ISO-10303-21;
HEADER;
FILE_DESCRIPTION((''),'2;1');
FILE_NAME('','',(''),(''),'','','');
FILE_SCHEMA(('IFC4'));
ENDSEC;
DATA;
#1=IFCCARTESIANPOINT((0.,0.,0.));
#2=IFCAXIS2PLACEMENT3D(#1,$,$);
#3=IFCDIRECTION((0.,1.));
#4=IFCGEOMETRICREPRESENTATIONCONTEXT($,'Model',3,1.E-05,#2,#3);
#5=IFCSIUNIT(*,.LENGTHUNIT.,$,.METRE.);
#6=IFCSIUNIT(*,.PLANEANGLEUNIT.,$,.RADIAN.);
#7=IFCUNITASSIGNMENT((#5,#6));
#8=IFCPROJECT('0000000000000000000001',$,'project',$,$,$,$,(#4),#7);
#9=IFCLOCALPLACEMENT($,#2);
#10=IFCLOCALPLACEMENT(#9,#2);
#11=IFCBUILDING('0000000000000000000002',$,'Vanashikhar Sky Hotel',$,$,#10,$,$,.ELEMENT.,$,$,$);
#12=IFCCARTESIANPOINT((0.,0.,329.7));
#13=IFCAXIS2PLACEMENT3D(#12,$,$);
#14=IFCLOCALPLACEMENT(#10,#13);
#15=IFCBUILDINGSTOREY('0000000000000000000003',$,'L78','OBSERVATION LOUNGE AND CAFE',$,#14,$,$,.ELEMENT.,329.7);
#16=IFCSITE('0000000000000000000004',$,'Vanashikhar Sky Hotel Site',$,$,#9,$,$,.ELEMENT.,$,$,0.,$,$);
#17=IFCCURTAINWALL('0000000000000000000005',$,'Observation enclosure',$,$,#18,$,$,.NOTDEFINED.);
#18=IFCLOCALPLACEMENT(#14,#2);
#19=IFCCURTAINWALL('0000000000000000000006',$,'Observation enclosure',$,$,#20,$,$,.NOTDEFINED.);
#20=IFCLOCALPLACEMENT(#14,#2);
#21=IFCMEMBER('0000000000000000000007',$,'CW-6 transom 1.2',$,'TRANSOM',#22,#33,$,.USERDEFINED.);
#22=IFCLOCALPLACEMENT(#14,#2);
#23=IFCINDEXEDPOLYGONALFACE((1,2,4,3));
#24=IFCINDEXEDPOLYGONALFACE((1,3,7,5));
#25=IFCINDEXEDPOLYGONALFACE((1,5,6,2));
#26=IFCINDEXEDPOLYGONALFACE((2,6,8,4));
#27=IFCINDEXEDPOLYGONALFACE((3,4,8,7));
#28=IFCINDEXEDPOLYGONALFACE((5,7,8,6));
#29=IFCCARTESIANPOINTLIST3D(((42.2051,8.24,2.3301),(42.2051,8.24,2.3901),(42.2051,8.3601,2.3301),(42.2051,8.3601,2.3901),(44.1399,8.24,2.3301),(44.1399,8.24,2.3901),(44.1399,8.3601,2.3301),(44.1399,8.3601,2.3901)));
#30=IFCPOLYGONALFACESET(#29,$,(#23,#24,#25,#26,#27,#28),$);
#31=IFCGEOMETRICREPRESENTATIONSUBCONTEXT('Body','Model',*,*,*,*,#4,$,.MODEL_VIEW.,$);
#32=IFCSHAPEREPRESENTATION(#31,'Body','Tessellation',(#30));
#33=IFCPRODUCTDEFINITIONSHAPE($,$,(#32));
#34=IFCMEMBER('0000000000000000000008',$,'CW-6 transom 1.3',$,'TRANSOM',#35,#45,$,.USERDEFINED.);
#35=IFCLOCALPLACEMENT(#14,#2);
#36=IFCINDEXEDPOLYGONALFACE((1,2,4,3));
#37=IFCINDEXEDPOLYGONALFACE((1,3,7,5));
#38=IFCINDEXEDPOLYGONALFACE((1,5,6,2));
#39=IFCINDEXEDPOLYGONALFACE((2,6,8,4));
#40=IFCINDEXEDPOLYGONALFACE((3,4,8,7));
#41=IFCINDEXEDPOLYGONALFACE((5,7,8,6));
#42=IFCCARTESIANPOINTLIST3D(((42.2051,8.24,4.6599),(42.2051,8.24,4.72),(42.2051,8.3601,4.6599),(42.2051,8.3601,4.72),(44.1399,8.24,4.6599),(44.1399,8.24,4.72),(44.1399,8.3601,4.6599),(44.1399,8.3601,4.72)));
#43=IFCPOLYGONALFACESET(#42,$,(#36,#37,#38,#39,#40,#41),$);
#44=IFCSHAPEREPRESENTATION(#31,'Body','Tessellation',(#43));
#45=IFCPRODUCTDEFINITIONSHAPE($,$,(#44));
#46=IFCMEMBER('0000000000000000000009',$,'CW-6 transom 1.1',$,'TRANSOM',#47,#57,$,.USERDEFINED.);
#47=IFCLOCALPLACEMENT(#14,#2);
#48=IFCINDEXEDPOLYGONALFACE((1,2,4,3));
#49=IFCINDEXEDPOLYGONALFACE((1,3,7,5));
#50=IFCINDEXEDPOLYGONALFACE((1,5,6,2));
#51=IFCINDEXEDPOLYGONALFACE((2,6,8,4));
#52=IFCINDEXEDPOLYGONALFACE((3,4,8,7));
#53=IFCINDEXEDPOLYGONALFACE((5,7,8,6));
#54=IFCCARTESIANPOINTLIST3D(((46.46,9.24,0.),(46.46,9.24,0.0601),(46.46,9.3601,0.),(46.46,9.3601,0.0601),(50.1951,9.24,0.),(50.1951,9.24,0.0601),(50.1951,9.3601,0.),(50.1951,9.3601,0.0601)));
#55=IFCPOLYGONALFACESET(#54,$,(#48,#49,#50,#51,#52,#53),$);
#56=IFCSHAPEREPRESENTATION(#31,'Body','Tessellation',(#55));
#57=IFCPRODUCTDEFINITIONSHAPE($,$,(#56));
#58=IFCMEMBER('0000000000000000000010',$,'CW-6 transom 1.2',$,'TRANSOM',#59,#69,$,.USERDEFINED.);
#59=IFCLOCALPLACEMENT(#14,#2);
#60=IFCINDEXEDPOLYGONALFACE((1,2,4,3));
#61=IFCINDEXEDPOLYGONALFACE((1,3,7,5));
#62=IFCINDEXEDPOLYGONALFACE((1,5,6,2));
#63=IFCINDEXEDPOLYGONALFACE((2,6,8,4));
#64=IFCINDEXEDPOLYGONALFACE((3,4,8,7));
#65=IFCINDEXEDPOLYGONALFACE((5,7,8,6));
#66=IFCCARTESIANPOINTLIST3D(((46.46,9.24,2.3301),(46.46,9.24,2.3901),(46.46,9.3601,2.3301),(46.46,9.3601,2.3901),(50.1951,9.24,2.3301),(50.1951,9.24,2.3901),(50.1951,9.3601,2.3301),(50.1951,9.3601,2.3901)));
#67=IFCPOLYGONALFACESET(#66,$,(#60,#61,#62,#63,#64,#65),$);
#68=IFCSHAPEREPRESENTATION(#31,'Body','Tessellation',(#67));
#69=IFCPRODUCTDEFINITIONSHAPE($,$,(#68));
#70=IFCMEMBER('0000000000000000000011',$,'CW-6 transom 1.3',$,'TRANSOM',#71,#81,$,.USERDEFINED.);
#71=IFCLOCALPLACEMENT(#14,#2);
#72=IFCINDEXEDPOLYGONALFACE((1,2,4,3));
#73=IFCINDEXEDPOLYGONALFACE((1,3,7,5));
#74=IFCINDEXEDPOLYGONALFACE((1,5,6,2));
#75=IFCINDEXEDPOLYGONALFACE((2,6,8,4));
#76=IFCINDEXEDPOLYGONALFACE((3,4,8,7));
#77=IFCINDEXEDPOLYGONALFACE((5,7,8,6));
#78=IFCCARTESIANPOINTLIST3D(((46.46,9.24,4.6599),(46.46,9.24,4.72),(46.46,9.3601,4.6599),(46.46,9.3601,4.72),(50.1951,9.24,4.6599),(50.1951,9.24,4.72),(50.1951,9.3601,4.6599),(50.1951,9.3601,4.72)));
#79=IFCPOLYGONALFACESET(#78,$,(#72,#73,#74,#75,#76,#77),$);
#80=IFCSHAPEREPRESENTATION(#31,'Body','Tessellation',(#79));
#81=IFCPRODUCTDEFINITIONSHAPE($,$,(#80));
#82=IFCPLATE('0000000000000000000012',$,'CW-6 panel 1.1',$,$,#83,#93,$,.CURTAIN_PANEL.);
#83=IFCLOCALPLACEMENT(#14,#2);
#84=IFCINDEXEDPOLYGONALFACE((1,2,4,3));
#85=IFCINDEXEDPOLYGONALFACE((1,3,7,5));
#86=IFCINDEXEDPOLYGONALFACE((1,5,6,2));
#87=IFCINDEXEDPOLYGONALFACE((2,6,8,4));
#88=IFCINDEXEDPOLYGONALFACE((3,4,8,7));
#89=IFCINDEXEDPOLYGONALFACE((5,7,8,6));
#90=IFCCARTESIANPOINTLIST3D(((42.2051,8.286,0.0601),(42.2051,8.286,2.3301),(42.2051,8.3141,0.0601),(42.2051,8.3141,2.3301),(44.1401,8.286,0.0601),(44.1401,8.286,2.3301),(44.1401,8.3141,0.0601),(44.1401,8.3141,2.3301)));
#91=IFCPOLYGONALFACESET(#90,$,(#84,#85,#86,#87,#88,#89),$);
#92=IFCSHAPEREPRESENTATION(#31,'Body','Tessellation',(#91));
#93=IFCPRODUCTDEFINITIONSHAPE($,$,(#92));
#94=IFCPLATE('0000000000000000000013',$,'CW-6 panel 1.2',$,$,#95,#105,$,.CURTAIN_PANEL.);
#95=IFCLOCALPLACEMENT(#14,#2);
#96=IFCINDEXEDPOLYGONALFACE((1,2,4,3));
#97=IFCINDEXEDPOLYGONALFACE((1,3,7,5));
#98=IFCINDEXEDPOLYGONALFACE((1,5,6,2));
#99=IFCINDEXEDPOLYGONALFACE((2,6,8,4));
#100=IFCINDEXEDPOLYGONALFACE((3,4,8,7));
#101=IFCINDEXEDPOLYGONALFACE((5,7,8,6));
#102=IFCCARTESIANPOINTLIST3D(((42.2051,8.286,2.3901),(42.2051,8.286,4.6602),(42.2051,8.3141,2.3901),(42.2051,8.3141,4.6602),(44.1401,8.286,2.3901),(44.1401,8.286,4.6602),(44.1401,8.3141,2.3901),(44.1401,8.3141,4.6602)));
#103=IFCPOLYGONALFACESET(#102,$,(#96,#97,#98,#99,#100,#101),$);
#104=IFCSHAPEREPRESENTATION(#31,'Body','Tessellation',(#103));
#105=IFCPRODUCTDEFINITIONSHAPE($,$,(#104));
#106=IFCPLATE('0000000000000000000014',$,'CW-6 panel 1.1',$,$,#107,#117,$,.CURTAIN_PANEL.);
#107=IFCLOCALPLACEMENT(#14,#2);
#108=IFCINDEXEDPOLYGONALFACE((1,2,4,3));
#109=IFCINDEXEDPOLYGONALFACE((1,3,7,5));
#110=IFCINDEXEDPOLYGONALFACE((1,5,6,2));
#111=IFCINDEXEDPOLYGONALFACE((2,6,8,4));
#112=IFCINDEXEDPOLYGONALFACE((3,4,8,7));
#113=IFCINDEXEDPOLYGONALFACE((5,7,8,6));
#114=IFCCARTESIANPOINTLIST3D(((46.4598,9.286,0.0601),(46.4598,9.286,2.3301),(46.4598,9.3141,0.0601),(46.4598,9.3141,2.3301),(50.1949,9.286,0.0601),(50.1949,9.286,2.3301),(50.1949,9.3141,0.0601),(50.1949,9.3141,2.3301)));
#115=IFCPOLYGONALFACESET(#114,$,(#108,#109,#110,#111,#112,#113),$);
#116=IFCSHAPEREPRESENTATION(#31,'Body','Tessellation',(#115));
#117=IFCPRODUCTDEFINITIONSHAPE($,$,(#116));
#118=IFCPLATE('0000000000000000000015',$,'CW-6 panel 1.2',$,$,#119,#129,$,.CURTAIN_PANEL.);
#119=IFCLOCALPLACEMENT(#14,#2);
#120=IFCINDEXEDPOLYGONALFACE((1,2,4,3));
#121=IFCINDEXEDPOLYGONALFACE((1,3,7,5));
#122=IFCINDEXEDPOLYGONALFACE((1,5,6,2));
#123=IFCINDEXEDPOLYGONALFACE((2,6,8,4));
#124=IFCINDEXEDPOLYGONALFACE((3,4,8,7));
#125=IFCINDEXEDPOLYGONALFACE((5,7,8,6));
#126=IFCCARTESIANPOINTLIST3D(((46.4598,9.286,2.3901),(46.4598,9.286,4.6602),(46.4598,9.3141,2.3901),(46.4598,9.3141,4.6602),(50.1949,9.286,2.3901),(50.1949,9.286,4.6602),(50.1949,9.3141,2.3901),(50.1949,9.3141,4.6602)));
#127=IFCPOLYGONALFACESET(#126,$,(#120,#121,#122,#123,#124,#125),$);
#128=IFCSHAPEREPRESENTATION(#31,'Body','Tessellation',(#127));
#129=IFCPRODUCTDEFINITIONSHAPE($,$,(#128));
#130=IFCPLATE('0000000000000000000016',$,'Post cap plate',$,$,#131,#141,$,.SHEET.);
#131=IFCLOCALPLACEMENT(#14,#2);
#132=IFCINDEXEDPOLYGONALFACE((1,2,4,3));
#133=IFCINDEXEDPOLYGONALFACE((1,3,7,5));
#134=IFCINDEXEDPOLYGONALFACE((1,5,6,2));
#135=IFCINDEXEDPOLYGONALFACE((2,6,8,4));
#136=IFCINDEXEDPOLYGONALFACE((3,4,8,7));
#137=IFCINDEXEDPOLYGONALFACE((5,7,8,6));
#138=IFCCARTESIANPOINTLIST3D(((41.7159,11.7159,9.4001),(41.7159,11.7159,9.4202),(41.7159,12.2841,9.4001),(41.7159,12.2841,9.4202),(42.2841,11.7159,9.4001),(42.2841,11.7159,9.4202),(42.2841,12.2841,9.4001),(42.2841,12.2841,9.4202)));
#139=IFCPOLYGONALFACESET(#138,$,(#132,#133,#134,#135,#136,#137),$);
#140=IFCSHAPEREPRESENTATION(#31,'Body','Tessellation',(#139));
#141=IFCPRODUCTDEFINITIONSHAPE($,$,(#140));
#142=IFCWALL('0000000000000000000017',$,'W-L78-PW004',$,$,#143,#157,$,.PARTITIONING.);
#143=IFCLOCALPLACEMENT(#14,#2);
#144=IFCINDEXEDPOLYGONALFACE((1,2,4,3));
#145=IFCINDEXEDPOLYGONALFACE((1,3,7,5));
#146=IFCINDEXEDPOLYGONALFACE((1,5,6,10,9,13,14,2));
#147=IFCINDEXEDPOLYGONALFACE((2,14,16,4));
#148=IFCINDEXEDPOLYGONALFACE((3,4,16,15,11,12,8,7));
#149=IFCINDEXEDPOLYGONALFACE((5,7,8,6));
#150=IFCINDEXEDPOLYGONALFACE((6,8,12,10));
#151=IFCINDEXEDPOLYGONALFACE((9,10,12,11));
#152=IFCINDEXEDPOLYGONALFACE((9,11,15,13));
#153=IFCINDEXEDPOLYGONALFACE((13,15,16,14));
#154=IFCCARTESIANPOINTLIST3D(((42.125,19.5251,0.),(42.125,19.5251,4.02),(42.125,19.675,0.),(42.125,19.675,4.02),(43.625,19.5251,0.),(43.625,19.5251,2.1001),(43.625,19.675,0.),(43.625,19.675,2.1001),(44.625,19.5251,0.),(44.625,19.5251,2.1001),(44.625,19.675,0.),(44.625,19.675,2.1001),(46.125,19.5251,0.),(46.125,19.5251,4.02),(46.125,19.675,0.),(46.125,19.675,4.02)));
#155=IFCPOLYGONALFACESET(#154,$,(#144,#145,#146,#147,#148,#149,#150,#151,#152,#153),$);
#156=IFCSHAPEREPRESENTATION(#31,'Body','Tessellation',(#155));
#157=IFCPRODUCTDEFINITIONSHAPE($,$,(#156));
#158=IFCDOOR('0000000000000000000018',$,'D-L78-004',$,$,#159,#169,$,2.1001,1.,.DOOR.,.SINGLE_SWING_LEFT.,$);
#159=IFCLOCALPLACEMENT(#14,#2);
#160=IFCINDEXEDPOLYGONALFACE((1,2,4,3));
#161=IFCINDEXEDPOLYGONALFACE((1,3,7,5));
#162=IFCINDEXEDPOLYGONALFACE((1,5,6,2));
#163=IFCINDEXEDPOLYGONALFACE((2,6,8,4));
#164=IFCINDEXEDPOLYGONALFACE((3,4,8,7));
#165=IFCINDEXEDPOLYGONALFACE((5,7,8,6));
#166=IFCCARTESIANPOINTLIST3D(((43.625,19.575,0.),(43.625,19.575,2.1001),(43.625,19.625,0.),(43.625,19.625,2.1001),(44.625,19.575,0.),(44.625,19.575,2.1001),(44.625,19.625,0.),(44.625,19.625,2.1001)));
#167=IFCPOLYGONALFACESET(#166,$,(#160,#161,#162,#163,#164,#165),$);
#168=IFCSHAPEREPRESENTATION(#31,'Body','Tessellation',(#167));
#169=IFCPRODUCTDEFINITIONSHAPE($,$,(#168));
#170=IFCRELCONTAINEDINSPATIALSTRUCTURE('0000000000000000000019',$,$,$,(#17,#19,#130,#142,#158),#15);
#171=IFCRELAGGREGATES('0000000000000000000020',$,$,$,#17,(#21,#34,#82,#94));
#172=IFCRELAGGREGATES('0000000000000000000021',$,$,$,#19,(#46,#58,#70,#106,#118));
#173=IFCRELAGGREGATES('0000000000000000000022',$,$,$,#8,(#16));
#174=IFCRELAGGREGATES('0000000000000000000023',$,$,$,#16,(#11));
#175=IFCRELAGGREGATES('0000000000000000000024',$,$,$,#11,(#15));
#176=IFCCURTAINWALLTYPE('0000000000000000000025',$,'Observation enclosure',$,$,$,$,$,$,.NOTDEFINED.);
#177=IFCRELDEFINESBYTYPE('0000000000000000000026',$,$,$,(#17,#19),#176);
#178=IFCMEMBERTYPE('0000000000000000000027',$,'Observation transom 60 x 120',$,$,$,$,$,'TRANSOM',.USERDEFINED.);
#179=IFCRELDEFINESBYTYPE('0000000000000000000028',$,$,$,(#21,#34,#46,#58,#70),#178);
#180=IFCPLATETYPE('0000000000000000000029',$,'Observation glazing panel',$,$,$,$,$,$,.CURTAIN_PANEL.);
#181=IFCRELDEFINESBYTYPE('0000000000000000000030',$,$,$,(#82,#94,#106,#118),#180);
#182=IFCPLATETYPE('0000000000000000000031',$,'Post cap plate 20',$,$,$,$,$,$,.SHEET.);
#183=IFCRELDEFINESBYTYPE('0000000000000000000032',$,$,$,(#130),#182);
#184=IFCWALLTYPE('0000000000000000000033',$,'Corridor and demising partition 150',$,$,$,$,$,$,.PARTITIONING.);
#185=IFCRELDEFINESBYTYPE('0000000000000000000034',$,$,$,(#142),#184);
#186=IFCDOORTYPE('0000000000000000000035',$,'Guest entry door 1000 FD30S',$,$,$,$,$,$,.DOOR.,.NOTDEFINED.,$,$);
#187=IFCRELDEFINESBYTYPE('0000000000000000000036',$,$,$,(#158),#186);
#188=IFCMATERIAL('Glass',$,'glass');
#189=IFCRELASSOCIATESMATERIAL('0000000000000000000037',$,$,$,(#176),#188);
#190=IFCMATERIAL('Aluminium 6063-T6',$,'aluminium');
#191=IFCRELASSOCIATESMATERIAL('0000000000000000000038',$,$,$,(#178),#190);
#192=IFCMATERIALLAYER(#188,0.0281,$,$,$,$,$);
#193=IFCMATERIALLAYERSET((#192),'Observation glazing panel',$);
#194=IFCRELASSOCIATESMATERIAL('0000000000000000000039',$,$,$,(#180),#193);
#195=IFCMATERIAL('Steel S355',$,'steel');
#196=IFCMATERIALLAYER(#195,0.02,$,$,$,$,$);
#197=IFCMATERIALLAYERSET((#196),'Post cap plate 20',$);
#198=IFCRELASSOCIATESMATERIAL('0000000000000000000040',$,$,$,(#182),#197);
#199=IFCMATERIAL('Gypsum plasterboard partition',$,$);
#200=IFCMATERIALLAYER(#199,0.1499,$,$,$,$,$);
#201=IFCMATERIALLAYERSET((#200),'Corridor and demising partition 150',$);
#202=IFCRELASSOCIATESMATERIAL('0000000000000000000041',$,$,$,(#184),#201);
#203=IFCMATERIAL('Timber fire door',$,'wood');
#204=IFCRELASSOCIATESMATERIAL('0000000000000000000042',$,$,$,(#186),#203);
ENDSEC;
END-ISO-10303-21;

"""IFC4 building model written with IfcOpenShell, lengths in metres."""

from ifc_helpers import new_model, si_unit, direction, frame, frame_2d, origin, origin_2d, place, context, subcontext, project, spatial, rectangle, extrude, source, transform, mapped, material, layer, layer_set, material_profile, profile_set, type_object, element, fill, aggregate, save


model = new_model("IFC4")

# Units and contexts
model_context = context("Model", 3, precision=1e-05, world=origin(), true_north=direction((0.0, 1.0)))
body_context = subcontext(model_context, "Body", "Model", "MODEL_VIEW")
ifc_project = project(units=[si_unit("LENGTHUNIT", "METRE"), si_unit("PLANEANGLEUNIT", "RADIAN")], contexts=[model_context])

# Site, building, storey
site_placement = place(None, origin())
site = spatial("IfcSite", under=ifc_project, at=site_placement, Name="Vanashikhar Sky Hotel Site", CompositionType="ELEMENT", RefElevation=0.0)
building_placement = place(site_placement, origin())
building = spatial("IfcBuilding", under=site, at=building_placement, Name="Vanashikhar Sky Hotel", CompositionType="ELEMENT")
storey_placement = place(building_placement, frame((0.0, 0.0, 329.7)))
storey = spatial("IfcBuildingStorey", under=building, at=storey_placement, Name="L78", Description="OBSERVATION LOUNGE AND CAFE", CompositionType="ELEMENT", Elevation=329.7)

# Shared definitions
ifc_material_1 = material(Name="Steel S355", Category="steel")

# Curtain wall
ifc_material_2 = material(Name="Glass", Category="glass")
curtain_wall_type = type_object("IfcCurtainWallType", Name="Observation enclosure", PredefinedType="NOTDEFINED", material=ifc_material_2)
curtain_wall_1_placement = place(storey_placement, origin())
curtain_wall_1 = element("IfcCurtainWall", 1, at=curtain_wall_1_placement, inside=storey, type_object=curtain_wall_type, Name="Observation enclosure", PredefinedType="NOTDEFINED")
ifc_material_3 = material(Name="Aluminium 6063-T6", Category="aluminium")

# Curtain wall
curtain_wall_2_placement = place(storey_placement, origin())
curtain_wall_2 = element("IfcCurtainWall", 2, at=curtain_wall_2_placement, inside=storey, type_object=curtain_wall_type, Name="Observation enclosure", PredefinedType="NOTDEFINED")

# Members
ifc_material_profile_1 = material_profile(ifc_material_3, rectangle(XDim=0.1201, YDim=0.0601, at=origin_2d()))
ifc_profile_set_1 = profile_set([ifc_material_profile_1], Name="Aluminium 6063-T6")
member_type_1 = type_object("IfcMemberType", Name="Observation transom 60 x 120", ElementType="TRANSOM", PredefinedType="USERDEFINED", material=ifc_profile_set_1)
shared_shape_1 = source(origin(), body_context, "Body", "SweptSolid", [
    extrude(rectangle(XDim=0.1201, YDim=0.0601, at=origin_2d()), origin(), (0.0, 0.0, 1.0), 1.9348),
])
member_1_placement = place(storey_placement, frame((42.2051, 8.3, 2.3601), z_axis=(1.0, 0.0, 0.0), x_axis=(0.0, 1.0, 0.0)))
member_1 = element("IfcMember", 3, at=member_1_placement, type_object=member_type_1, Name="CW-6 transom 1.2", ObjectType="TRANSOM", PredefinedType="USERDEFINED", context=body_context, shape_type="MappedRepresentation", body=[
    mapped(shared_shape_1, transform((0.0, 0.0, 0.0), scale=1.0)),
])
member_2_placement = place(storey_placement, frame((42.2051, 8.3, 4.6899), z_axis=(1.0, 0.0, 0.0), x_axis=(0.0, 1.0, 0.0)))
member_2 = element("IfcMember", 4, at=member_2_placement, type_object=member_type_1, Name="CW-6 transom 1.3", ObjectType="TRANSOM", PredefinedType="USERDEFINED", context=body_context, shape_type="MappedRepresentation", body=[
    mapped(shared_shape_1, transform((0.0, 0.0, 0.0), scale=1.0)),
])
shared_shape_2 = source(origin(), body_context, "Body", "SweptSolid", [
    extrude(rectangle(XDim=0.1201, YDim=0.0601, at=origin_2d()), origin(), (0.0, 0.0, 1.0), 3.7351),
])
member_3_placement = place(storey_placement, frame((46.46, 9.3, 0.03), z_axis=(1.0, 0.0, 0.0), x_axis=(0.0, 1.0, 0.0)))
member_3 = element("IfcMember", 5, at=member_3_placement, type_object=member_type_1, Name="CW-6 transom 1.1", ObjectType="TRANSOM", PredefinedType="USERDEFINED", context=body_context, shape_type="MappedRepresentation", body=[
    mapped(shared_shape_2, transform((0.0, 0.0, 0.0), scale=1.0)),
])
member_4_placement = place(storey_placement, frame((46.46, 9.3, 2.3601), z_axis=(1.0, 0.0, 0.0), x_axis=(0.0, 1.0, 0.0)))
member_4 = element("IfcMember", 6, at=member_4_placement, type_object=member_type_1, Name="CW-6 transom 1.2", ObjectType="TRANSOM", PredefinedType="USERDEFINED", context=body_context, shape_type="MappedRepresentation", body=[
    mapped(shared_shape_2, transform((0.0, 0.0, 0.0), scale=1.0)),
])
member_5_placement = place(storey_placement, frame((46.46, 9.3, 4.6899), z_axis=(1.0, 0.0, 0.0), x_axis=(0.0, 1.0, 0.0)))
member_5 = element("IfcMember", 7, at=member_5_placement, type_object=member_type_1, Name="CW-6 transom 1.3", ObjectType="TRANSOM", PredefinedType="USERDEFINED", context=body_context, shape_type="MappedRepresentation", body=[
    mapped(shared_shape_2, transform((0.0, 0.0, 0.0), scale=1.0)),
])

# Plates
ifc_layer_1 = layer(ifc_material_2, 0.0281)
ifc_layer_set_1 = layer_set([ifc_layer_1], Name="Observation glazing panel")
plate_type_1 = type_object("IfcPlateType", Name="Observation glazing panel", PredefinedType="CURTAIN_PANEL", material=ifc_layer_set_1)
shared_shape_3 = source(origin(), body_context, "Body", "SweptSolid", [
    extrude(rectangle(XDim=1.9351, YDim=0.0281, at=origin_2d()), origin(), (0.0, 0.0, 1.0), 2.27),
])
plate_1_placement = place(storey_placement, frame((43.1726, 8.3, 0.0601), z_axis=(0.0, 0.0, 1.0), x_axis=(1.0, 0.0, 0.0)))
plate_1 = element("IfcPlate", 8, at=plate_1_placement, type_object=plate_type_1, Name="CW-6 panel 1.1", PredefinedType="CURTAIN_PANEL", context=body_context, shape_type="MappedRepresentation", body=[
    mapped(shared_shape_3, transform((0.0, 0.0, 0.0), scale=1.0)),
])
plate_2_placement = place(storey_placement, frame((43.1726, 8.3, 2.3901), z_axis=(0.0, 0.0, 1.0), x_axis=(1.0, 0.0, 0.0)))
plate_2 = element("IfcPlate", 9, at=plate_2_placement, type_object=plate_type_1, Name="CW-6 panel 1.2", PredefinedType="CURTAIN_PANEL", context=body_context, shape_type="MappedRepresentation", body=[
    mapped(shared_shape_3, transform((0.0, 0.0, 0.0), scale=1.0)),
])
aggregate(curtain_wall_1, [member_1, member_2, plate_1, plate_2])
shared_shape_4 = source(origin(), body_context, "Body", "SweptSolid", [
    extrude(rectangle(XDim=3.7351, YDim=0.0281, at=origin_2d()), origin(), (0.0, 0.0, 1.0), 2.27),
])
plate_3_placement = place(storey_placement, frame((48.3274, 9.3, 0.0601), z_axis=(0.0, 0.0, 1.0), x_axis=(1.0, 0.0, 0.0)))
plate_3 = element("IfcPlate", 10, at=plate_3_placement, type_object=plate_type_1, Name="CW-6 panel 1.1", PredefinedType="CURTAIN_PANEL", context=body_context, shape_type="MappedRepresentation", body=[
    mapped(shared_shape_4, transform((0.0, 0.0, 0.0), scale=1.0)),
])
plate_4_placement = place(storey_placement, frame((48.3274, 9.3, 2.3901), z_axis=(0.0, 0.0, 1.0), x_axis=(1.0, 0.0, 0.0)))
plate_4 = element("IfcPlate", 11, at=plate_4_placement, type_object=plate_type_1, Name="CW-6 panel 1.2", PredefinedType="CURTAIN_PANEL", context=body_context, shape_type="MappedRepresentation", body=[
    mapped(shared_shape_4, transform((0.0, 0.0, 0.0), scale=1.0)),
])
aggregate(curtain_wall_2, [member_3, member_4, member_5, plate_3, plate_4])
ifc_layer_2 = layer(ifc_material_1, 0.02)
ifc_layer_set_2 = layer_set([ifc_layer_2], Name="Post cap plate 20")
plate_type_2 = type_object("IfcPlateType", Name="Post cap plate 20", PredefinedType="SHEET", material=ifc_layer_set_2)
shared_shape_5 = source(origin(), body_context, "Body", "SweptSolid", [
    extrude(rectangle(XDim=0.5681, YDim=0.5681, at=origin_2d()), origin(), (0.0, 0.0, 1.0), 0.02),
])
plate_5_placement = place(storey_placement, frame((42.0, 12.0, 9.4001), z_axis=(0.0, 0.0, 1.0), x_axis=(1.0, 0.0, 0.0)))
element("IfcPlate", 12, at=plate_5_placement, inside=storey, type_object=plate_type_2, Name="Post cap plate", PredefinedType="SHEET", context=body_context, shape_type="MappedRepresentation", body=[
    mapped(shared_shape_5, transform((0.0, 0.0, 0.0), scale=1.0)),
])

# Wall, opening, door
ifc_material_4 = material(Name="Gypsum plasterboard partition")
ifc_layer_3 = layer(ifc_material_4, 0.1499)
ifc_layer_set_3 = layer_set([ifc_layer_3], Name="Corridor and demising partition 150")
wall_type = type_object("IfcWallType", Name="Corridor and demising partition 150", PredefinedType="PARTITIONING", material=ifc_layer_set_3)
shared_shape_6 = source(origin(), body_context, "Body", "SweptSolid", [
    extrude(rectangle(XDim=4.0, YDim=0.1499, at=frame_2d((2.0, 0.0))), origin(), (0.0, 0.0, 1.0), 4.02),
])
wall_1_placement = place(storey_placement, frame((42.125, 19.6001, 0.0), z_axis=(0.0, 0.0, 1.0), x_axis=(1.0, 0.0, 0.0)))
wall_1 = element("IfcWall", 13, at=wall_1_placement, inside=storey, type_object=wall_type, Name="W-L78-PW004", PredefinedType="PARTITIONING", context=body_context, shape_type="MappedRepresentation", body=[
    mapped(shared_shape_6, transform((0.0, 0.0, 0.0), scale=1.0)),
])
shared_shape_7 = source(origin(), body_context, "Body", "SweptSolid", [
    extrude(rectangle(XDim=1.0, YDim=2.1001, at=frame_2d((0.5, 1.05))), frame((0.0, 0.085, 0.0), z_axis=(0.0, -1.0, 0.0), x_axis=(1.0, 0.0, 0.0)), (0.0, 0.0, 1.0), 0.1699),
])
opening_1_placement = place(wall_1_placement, frame((1.5, 0.0, 0.0)))
opening_1 = element("IfcOpeningElement", 14, at=opening_1_placement, cuts=wall_1, PredefinedType="OPENING", context=body_context, shape_type="MappedRepresentation", body=[
    mapped(shared_shape_7, transform((0.0, 0.0, 0.0), scale=1.0)),
])
ifc_material_5 = material(Name="Timber fire door", Category="wood")
door_type = type_object("IfcDoorType", Name="Guest entry door 1000 FD30S", OperationType="NOTDEFINED", PredefinedType="DOOR", material=ifc_material_5)
shared_shape_8 = source(origin(), body_context, "Body", "SweptSolid", [
    extrude(rectangle(XDim=1.0, YDim=2.1001, at=frame_2d((0.5, 1.05))), frame((0.0, 0.0249, 0.0), z_axis=(0.0, -1.0, 0.0), x_axis=(1.0, 0.0, 0.0)), (0.0, 0.0, 1.0), 0.05),
])
door_1_placement = place(opening_1_placement, origin())
door_1 = element("IfcDoor", 15, at=door_1_placement, inside=storey, type_object=door_type, Name="D-L78-004", OperationType="SINGLE_SWING_LEFT", OverallHeight=2.1001, OverallWidth=1.0, PredefinedType="DOOR", context=body_context, shape_type="MappedRepresentation", body=[
    mapped(shared_shape_8, transform((0.0, 0.0, 0.0), scale=1.0)),
])
fill(opening_1, door_1)

save(model, "model.ifc")
